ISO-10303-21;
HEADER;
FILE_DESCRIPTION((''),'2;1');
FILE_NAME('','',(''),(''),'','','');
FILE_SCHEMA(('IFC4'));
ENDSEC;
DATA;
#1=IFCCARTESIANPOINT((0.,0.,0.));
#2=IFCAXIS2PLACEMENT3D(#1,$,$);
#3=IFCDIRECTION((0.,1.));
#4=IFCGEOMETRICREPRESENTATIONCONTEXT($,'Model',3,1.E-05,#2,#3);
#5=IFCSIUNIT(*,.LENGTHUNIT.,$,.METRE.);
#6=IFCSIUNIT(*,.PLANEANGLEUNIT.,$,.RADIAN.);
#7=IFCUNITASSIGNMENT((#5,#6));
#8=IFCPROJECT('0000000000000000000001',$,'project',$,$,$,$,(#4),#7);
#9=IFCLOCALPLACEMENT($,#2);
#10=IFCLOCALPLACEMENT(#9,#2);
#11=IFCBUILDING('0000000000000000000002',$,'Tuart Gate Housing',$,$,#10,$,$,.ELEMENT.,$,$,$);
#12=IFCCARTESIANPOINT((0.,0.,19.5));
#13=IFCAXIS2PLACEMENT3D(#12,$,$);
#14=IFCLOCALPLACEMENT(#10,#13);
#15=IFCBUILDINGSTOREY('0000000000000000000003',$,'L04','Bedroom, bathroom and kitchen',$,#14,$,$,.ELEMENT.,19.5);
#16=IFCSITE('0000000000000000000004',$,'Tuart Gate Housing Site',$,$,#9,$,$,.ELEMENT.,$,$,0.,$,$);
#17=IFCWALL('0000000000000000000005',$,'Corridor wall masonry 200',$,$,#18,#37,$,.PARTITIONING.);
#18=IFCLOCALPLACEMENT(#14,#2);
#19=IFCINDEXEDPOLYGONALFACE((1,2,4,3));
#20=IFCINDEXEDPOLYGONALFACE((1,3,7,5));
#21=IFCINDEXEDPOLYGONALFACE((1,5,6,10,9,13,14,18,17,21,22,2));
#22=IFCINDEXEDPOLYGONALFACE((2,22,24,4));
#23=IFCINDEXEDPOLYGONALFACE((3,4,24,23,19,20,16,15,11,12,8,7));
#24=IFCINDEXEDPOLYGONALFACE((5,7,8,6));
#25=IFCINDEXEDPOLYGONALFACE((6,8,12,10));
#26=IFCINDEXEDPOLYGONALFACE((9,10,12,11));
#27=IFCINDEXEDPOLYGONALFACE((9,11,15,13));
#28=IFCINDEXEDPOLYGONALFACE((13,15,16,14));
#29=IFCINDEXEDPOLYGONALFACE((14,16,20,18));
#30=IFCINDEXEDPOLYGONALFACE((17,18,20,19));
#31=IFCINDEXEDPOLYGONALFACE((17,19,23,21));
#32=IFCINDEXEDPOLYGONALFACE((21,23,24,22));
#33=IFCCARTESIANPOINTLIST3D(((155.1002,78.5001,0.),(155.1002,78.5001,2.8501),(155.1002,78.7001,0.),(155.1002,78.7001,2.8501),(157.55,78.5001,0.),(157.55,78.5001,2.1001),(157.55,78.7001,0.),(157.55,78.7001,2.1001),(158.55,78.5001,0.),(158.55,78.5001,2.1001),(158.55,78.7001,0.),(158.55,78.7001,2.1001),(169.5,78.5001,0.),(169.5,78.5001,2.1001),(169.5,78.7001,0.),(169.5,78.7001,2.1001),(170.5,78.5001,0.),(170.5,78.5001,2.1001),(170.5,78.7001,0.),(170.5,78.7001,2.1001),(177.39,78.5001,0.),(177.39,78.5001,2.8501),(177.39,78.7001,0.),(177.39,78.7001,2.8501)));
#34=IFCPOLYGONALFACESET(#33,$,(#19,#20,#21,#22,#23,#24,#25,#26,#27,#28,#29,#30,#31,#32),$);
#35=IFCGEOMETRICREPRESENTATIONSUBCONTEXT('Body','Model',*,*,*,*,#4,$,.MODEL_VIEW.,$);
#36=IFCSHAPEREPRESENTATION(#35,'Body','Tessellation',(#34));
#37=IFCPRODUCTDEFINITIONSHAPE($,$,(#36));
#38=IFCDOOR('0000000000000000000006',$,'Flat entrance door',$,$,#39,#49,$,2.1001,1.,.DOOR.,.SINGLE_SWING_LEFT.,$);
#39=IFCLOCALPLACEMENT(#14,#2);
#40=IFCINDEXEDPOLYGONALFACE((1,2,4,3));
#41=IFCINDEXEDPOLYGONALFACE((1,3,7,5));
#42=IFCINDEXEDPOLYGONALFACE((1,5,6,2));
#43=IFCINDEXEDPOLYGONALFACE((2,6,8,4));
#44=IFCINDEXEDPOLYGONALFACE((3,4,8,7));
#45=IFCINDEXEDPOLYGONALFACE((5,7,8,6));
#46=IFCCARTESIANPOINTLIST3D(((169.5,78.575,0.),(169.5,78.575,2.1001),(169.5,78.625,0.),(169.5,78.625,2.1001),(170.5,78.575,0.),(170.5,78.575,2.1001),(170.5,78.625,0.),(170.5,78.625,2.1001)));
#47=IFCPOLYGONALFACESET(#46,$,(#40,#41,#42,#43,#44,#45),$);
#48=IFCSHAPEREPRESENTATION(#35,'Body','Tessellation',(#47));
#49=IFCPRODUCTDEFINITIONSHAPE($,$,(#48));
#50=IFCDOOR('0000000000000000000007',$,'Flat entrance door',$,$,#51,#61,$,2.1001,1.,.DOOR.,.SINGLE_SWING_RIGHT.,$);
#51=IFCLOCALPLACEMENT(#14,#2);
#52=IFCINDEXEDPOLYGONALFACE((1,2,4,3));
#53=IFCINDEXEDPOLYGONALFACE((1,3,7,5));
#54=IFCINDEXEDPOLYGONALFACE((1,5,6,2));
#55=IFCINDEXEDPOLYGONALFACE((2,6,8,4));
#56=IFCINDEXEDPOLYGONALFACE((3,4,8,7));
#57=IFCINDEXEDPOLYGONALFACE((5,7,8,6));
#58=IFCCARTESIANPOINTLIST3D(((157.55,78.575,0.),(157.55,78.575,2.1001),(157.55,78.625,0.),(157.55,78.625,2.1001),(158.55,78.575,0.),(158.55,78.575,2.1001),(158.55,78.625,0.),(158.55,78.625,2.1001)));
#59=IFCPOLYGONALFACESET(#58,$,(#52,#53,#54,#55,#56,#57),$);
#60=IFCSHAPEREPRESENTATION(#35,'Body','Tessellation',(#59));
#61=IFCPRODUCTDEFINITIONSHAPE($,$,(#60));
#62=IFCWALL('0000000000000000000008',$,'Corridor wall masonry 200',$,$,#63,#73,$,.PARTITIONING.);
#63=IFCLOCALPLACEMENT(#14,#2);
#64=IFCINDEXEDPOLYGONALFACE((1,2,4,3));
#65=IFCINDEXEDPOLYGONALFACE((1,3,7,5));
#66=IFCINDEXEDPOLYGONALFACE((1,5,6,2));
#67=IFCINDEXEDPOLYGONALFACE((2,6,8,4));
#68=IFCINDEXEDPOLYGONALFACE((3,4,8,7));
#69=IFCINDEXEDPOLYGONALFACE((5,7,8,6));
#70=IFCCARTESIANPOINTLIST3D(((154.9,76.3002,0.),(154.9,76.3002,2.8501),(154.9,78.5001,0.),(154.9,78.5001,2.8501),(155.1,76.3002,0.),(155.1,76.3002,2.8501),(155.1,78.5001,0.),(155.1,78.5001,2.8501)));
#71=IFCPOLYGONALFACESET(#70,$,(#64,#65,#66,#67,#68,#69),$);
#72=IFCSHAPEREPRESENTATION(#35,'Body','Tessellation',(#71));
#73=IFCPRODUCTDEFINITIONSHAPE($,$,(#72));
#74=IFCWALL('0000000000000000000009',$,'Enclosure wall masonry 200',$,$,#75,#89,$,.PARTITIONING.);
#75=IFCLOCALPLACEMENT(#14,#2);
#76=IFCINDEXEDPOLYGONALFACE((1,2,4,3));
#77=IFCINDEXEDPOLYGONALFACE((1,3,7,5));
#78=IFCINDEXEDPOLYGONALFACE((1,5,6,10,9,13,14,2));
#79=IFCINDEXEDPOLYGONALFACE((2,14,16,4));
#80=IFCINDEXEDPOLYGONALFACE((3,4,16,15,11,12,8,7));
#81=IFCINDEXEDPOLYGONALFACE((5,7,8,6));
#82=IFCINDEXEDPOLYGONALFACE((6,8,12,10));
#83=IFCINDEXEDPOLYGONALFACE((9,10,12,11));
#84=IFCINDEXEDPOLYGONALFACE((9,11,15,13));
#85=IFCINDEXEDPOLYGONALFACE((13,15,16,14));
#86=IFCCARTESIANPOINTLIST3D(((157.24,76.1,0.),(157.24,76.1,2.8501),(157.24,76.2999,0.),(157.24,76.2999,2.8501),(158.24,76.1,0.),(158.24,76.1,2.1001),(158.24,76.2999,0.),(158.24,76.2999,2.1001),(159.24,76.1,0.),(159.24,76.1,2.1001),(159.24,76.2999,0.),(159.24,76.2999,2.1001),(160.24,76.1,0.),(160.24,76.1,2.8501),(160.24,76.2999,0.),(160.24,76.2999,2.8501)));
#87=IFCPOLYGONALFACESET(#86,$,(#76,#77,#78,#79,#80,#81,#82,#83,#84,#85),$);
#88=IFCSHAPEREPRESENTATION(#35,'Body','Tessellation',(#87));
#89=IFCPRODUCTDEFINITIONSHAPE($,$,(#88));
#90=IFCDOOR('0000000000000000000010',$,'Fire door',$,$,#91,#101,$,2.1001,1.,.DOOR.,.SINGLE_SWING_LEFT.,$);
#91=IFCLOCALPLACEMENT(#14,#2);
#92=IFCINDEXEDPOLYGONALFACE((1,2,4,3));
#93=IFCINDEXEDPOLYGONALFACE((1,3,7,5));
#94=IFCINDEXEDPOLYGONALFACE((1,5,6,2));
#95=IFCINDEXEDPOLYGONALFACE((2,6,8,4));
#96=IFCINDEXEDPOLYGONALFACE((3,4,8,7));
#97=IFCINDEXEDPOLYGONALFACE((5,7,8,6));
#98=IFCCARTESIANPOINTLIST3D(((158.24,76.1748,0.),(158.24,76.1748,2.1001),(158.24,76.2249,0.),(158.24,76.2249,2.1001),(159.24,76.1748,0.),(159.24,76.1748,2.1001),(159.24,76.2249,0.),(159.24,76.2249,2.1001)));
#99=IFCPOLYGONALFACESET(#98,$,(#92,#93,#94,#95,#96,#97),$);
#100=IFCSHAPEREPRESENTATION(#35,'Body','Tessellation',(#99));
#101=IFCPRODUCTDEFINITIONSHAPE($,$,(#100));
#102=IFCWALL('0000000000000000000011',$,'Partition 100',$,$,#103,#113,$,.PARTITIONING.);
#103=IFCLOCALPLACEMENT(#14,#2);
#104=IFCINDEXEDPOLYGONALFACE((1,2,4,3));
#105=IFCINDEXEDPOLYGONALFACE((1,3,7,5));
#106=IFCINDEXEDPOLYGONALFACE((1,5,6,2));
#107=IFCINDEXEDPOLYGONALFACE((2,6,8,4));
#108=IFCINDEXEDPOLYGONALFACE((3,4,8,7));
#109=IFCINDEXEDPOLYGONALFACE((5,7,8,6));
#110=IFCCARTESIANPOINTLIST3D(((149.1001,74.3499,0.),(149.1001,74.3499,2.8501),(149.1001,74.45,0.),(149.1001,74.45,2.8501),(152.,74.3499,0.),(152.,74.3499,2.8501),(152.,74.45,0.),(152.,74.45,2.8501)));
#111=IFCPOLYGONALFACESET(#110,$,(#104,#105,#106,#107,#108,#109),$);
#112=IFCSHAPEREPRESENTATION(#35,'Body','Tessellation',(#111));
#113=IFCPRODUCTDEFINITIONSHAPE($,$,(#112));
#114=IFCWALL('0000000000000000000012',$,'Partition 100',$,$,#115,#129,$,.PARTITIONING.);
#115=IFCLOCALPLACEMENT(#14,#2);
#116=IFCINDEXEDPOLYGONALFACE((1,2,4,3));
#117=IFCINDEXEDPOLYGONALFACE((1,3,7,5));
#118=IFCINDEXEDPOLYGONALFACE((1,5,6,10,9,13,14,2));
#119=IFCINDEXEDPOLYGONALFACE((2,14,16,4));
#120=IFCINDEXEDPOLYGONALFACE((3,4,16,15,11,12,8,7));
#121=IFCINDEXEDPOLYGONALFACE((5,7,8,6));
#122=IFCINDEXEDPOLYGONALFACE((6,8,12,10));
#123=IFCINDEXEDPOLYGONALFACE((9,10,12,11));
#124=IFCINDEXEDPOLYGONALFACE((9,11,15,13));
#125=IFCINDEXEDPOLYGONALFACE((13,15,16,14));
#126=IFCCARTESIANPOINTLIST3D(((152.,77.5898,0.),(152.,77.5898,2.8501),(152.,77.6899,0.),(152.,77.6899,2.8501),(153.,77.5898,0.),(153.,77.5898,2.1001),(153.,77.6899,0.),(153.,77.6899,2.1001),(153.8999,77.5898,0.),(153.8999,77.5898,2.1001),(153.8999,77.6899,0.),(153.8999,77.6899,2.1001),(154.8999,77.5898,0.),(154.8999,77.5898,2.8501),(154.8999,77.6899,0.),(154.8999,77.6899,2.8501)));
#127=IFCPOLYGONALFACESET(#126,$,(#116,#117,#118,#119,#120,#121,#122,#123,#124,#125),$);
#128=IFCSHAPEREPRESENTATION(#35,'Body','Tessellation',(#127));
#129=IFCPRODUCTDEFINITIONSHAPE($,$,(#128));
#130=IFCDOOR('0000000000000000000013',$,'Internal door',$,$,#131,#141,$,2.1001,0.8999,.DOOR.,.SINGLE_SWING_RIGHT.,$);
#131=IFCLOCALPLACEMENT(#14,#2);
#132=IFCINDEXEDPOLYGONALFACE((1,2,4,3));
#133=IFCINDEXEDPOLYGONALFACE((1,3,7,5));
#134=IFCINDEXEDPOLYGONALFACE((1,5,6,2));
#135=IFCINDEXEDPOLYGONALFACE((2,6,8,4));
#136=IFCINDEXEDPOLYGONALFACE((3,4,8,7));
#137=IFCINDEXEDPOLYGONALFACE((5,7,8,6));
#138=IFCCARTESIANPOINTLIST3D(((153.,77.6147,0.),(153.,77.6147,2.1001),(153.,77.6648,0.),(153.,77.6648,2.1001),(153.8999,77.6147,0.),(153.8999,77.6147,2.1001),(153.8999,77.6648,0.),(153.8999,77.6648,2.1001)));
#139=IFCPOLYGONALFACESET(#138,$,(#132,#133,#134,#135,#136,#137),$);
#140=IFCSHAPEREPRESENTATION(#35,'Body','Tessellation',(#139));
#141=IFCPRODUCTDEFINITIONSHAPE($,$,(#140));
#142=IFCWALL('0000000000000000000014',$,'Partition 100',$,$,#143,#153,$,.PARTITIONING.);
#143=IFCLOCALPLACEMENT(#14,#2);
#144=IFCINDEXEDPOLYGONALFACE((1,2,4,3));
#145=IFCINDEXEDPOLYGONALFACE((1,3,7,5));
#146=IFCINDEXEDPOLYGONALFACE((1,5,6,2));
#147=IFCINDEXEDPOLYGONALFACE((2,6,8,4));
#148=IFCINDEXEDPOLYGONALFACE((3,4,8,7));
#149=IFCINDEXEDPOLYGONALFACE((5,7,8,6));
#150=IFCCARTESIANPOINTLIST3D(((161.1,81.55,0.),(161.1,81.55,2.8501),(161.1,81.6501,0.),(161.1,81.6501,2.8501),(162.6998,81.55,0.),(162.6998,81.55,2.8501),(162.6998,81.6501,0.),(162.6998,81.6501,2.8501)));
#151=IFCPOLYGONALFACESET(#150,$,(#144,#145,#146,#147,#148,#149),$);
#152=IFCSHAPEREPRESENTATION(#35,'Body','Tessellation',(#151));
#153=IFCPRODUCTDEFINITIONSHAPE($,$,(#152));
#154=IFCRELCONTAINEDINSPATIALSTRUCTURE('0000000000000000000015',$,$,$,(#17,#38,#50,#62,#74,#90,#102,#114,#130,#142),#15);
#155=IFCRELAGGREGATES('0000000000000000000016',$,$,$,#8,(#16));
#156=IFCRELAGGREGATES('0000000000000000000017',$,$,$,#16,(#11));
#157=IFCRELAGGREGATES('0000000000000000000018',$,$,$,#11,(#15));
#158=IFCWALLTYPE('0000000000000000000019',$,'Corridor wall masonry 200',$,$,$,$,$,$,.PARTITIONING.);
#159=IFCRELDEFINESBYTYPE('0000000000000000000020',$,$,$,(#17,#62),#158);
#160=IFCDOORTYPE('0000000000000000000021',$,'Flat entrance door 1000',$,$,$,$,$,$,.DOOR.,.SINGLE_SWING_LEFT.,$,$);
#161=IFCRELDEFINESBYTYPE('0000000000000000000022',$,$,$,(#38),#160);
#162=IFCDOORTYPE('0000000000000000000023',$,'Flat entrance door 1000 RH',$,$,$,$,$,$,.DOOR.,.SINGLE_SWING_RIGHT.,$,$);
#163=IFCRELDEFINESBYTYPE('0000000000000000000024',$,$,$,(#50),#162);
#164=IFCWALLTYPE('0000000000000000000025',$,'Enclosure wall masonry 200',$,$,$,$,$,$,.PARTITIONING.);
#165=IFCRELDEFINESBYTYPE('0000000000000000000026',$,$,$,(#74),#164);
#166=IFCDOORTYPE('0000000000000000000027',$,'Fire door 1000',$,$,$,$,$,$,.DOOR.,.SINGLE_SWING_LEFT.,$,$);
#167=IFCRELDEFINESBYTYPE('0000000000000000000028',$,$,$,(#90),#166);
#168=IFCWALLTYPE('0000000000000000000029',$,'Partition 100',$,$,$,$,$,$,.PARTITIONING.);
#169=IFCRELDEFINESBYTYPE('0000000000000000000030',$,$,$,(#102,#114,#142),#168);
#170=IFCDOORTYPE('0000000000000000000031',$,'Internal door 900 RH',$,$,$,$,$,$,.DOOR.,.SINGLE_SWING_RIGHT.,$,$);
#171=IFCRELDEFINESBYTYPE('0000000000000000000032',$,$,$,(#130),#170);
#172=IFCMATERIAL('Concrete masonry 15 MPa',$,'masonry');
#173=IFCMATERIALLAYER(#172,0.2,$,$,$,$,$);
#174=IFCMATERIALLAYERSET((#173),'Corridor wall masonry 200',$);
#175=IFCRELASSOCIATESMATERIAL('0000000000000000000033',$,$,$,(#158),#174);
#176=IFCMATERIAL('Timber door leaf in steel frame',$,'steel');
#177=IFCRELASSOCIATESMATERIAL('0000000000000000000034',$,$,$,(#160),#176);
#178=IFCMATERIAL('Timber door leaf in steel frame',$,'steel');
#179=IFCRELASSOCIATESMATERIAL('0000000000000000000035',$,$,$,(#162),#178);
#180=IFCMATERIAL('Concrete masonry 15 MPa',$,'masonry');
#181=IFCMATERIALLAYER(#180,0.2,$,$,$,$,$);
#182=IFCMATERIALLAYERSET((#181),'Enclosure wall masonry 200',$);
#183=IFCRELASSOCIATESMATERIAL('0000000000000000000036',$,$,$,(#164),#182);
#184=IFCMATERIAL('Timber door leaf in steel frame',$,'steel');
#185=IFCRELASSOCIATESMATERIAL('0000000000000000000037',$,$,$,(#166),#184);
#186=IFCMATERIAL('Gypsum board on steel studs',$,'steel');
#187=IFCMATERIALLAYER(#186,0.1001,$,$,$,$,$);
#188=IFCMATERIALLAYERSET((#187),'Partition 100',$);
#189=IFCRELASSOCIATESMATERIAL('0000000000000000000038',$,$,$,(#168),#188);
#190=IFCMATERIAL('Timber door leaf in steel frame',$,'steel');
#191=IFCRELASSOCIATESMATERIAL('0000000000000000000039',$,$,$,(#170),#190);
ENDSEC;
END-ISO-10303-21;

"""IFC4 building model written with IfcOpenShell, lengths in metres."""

from ifc_helpers import new_model, si_unit, direction, frame, frame_2d, origin, place, context, subcontext, project, spatial, rectangle, extrude, material, layer, layer_set, type_object, element, fill, save


model = new_model("IFC4")

# Units and contexts
model_context = context("Model", 3, precision=1e-05, world=origin(), true_north=direction((0.0, 1.0)))
body_context = subcontext(model_context, "Body", "Model", "MODEL_VIEW")
ifc_project = project(units=[si_unit("LENGTHUNIT", "METRE"), si_unit("PLANEANGLEUNIT", "RADIAN")], contexts=[model_context])

# Site, building, storey
site_placement = place(None, origin())
site = spatial("IfcSite", under=ifc_project, at=site_placement, Name="Tuart Gate Housing Site", CompositionType="ELEMENT", RefElevation=0.0)
building_placement = place(site_placement, origin())
building = spatial("IfcBuilding", under=site, at=building_placement, Name="Tuart Gate Housing", CompositionType="ELEMENT")
storey_placement = place(building_placement, frame((0.0, 0.0, 19.5)))
storey = spatial("IfcBuildingStorey", under=building, at=storey_placement, Name="L04", Description="Bedroom, bathroom and kitchen", CompositionType="ELEMENT", Elevation=19.5)

# Shared definitions
ifc_material_1 = material(Name="Concrete masonry 15 MPa", Category="masonry")
ifc_layer_1 = layer(ifc_material_1, 0.2)
ifc_layer_set_1 = layer_set([ifc_layer_1], Name="Corridor wall masonry 200")
wall_type_1 = type_object("IfcWallType", Name="Corridor wall masonry 200", PredefinedType="PARTITIONING", material=ifc_layer_set_1)

# Wall, openings, doors
wall_1_placement = place(storey_placement, frame((155.1001, 78.6001, 0.0), z_axis=(0.0, 0.0, 1.0), x_axis=(1.0, 0.0, 0.0)))
wall_1 = element("IfcWall", 1, at=wall_1_placement, inside=storey, type_object=wall_type_1, Name="Corridor wall masonry 200", PredefinedType="PARTITIONING", context=body_context, shape_type="SweptSolid", body=[
    extrude(rectangle(XDim=22.2898, YDim=0.2, at=frame_2d((11.145, 0.0))), origin(), (0.0, 0.0, 1.0), 2.8501),
])
opening_1_placement = place(wall_1_placement, frame((2.45, 0.0, 0.0)))
opening_1 = element("IfcOpeningElement", 2, at=opening_1_placement, cuts=wall_1, PredefinedType="OPENING", context=body_context, shape_type="SweptSolid", body=[
    extrude(rectangle(XDim=1.0, YDim=2.1001, at=frame_2d((0.5, 1.05))), frame((0.0, 0.1099, 0.0), z_axis=(0.0, -1.0, 0.0), x_axis=(1.0, 0.0, 0.0)), (0.0, 0.0, 1.0), 0.22),
])
opening_2_placement = place(wall_1_placement, frame((14.3999, 0.0, 0.0)))
opening_2 = element("IfcOpeningElement", 3, at=opening_2_placement, cuts=wall_1, PredefinedType="OPENING", context=body_context, shape_type="SweptSolid", body=[
    extrude(rectangle(XDim=1.0, YDim=2.1001, at=frame_2d((0.5, 1.05))), frame((0.0, 0.1099, 0.0), z_axis=(0.0, -1.0, 0.0), x_axis=(1.0, 0.0, 0.0)), (0.0, 0.0, 1.0), 0.22),
])
ifc_material_2 = material(Name="Timber door leaf in steel frame", Category="steel")
door_type_1 = type_object("IfcDoorType", Name="Flat entrance door 1000", OperationType="SINGLE_SWING_LEFT", PredefinedType="DOOR", material=ifc_material_2)
door_1_placement = place(opening_2_placement, origin())
door_1 = element("IfcDoor", 4, at=door_1_placement, inside=storey, type_object=door_type_1, Name="Flat entrance door", OperationType="SINGLE_SWING_LEFT", OverallHeight=2.1001, OverallWidth=1.0, PredefinedType="DOOR", context=body_context, shape_type="SweptSolid", body=[
    extrude(rectangle(XDim=1.0, YDim=2.1001, at=frame_2d((0.5, 1.05))), frame((0.0, 0.0249, 0.0), z_axis=(0.0, -1.0, 0.0), x_axis=(1.0, 0.0, 0.0)), (0.0, 0.0, 1.0), 0.05),
])
fill(opening_2, door_1)
ifc_material_3 = material(Name="Timber door leaf in steel frame", Category="steel")
door_type_2 = type_object("IfcDoorType", Name="Flat entrance door 1000 RH", OperationType="SINGLE_SWING_RIGHT", PredefinedType="DOOR", material=ifc_material_3)
door_2_placement = place(opening_1_placement, origin())
door_2 = element("IfcDoor", 5, at=door_2_placement, inside=storey, type_object=door_type_2, Name="Flat entrance door", OperationType="SINGLE_SWING_RIGHT", OverallHeight=2.1001, OverallWidth=1.0, PredefinedType="DOOR", context=body_context, shape_type="SweptSolid", body=[
    extrude(rectangle(XDim=1.0, YDim=2.1001, at=frame_2d((0.5, 1.05))), frame((0.0, 0.0249, 0.0), z_axis=(0.0, -1.0, 0.0), x_axis=(1.0, 0.0, 0.0)), (0.0, 0.0, 1.0), 0.05),
])
fill(opening_1, door_2)

# Wall
wall_2_placement = place(storey_placement, frame((155.0, 76.3, 0.0), z_axis=(0.0, 0.0, 1.0), x_axis=(0.0, 1.0, 0.0)))
element("IfcWall", 6, at=wall_2_placement, inside=storey, type_object=wall_type_1, Name="Corridor wall masonry 200", PredefinedType="PARTITIONING", context=body_context, shape_type="SweptSolid", body=[
    extrude(rectangle(XDim=2.2, YDim=0.2, at=frame_2d((1.1001, 0.0))), origin(), (0.0, 0.0, 1.0), 2.8501),
])

# Wall, opening, door
ifc_material_4 = material(Name="Concrete masonry 15 MPa", Category="masonry")
ifc_layer_2 = layer(ifc_material_4, 0.2)
ifc_layer_set_2 = layer_set([ifc_layer_2], Name="Enclosure wall masonry 200")
wall_type_2 = type_object("IfcWallType", Name="Enclosure wall masonry 200", PredefinedType="PARTITIONING", material=ifc_layer_set_2)
wall_3_placement = place(storey_placement, frame((157.24, 76.2, 0.0), z_axis=(0.0, 0.0, 1.0), x_axis=(1.0, 0.0, 0.0)))
wall_3 = element("IfcWall", 7, at=wall_3_placement, inside=storey, type_object=wall_type_2, Name="Enclosure wall masonry 200", PredefinedType="PARTITIONING", context=body_context, shape_type="SweptSolid", body=[
    extrude(rectangle(XDim=3.0, YDim=0.2, at=frame_2d((1.5, 0.0))), origin(), (0.0, 0.0, 1.0), 2.8501),
])
opening_3_placement = place(wall_3_placement, frame((1.0, 0.0, 0.0)))
opening_3 = element("IfcOpeningElement", 8, at=opening_3_placement, cuts=wall_3, PredefinedType="OPENING", context=body_context, shape_type="SweptSolid", body=[
    extrude(rectangle(XDim=1.0, YDim=2.1001, at=frame_2d((0.5, 1.05))), frame((0.0, 0.1099, 0.0), z_axis=(0.0, -1.0, 0.0), x_axis=(1.0, 0.0, 0.0)), (0.0, 0.0, 1.0), 0.22),
])
ifc_material_5 = material(Name="Timber door leaf in steel frame", Category="steel")
door_type_3 = type_object("IfcDoorType", Name="Fire door 1000", OperationType="SINGLE_SWING_LEFT", PredefinedType="DOOR", material=ifc_material_5)
door_3_placement = place(opening_3_placement, origin())
door_3 = element("IfcDoor", 9, at=door_3_placement, inside=storey, type_object=door_type_3, Name="Fire door", OperationType="SINGLE_SWING_LEFT", OverallHeight=2.1001, OverallWidth=1.0, PredefinedType="DOOR", context=body_context, shape_type="SweptSolid", body=[
    extrude(rectangle(XDim=1.0, YDim=2.1001, at=frame_2d((0.5, 1.05))), frame((0.0, 0.0249, 0.0), z_axis=(0.0, -1.0, 0.0), x_axis=(1.0, 0.0, 0.0)), (0.0, 0.0, 1.0), 0.05),
])
fill(opening_3, door_3)

# Wall
ifc_material_6 = material(Name="Gypsum board on steel studs", Category="steel")
ifc_layer_3 = layer(ifc_material_6, 0.1001)
ifc_layer_set_3 = layer_set([ifc_layer_3], Name="Partition 100")
wall_type_3 = type_object("IfcWallType", Name="Partition 100", PredefinedType="PARTITIONING", material=ifc_layer_set_3)
wall_4_placement = place(storey_placement, frame((149.1001, 74.3999, 0.0), z_axis=(0.0, 0.0, 1.0), x_axis=(1.0, 0.0, 0.0)))
element("IfcWall", 10, at=wall_4_placement, inside=storey, type_object=wall_type_3, Name="Partition 100", PredefinedType="PARTITIONING", context=body_context, shape_type="SweptSolid", body=[
    extrude(rectangle(XDim=2.8999, YDim=0.1001, at=frame_2d((1.45, 0.0))), origin(), (0.0, 0.0, 1.0), 2.8501),
])

# Wall, opening, door
wall_5_placement = place(storey_placement, frame((152.0, 77.6399, 0.0), z_axis=(0.0, 0.0, 1.0), x_axis=(1.0, 0.0, 0.0)))
wall_5 = element("IfcWall", 11, at=wall_5_placement, inside=storey, type_object=wall_type_3, Name="Partition 100", PredefinedType="PARTITIONING", context=body_context, shape_type="SweptSolid", body=[
    extrude(rectangle(XDim=2.8999, YDim=0.1001, at=frame_2d((1.45, 0.0))), origin(), (0.0, 0.0, 1.0), 2.8501),
])
opening_4_placement = place(wall_5_placement, frame((1.0, 0.0, 0.0)))
opening_4 = element("IfcOpeningElement", 12, at=opening_4_placement, cuts=wall_5, PredefinedType="OPENING", context=body_context, shape_type="SweptSolid", body=[
    extrude(rectangle(XDim=0.8999, YDim=2.1001, at=frame_2d((0.45, 1.05))), frame((0.0, 0.0601, 0.0), z_axis=(0.0, -1.0, 0.0), x_axis=(1.0, 0.0, 0.0)), (0.0, 0.0, 1.0), 0.1201),
])
ifc_material_7 = material(Name="Timber door leaf in steel frame", Category="steel")
door_type_4 = type_object("IfcDoorType", Name="Internal door 900 RH", OperationType="SINGLE_SWING_RIGHT", PredefinedType="DOOR", material=ifc_material_7)
door_4_placement = place(opening_4_placement, frame((0.8999, 0.0, 0.0), z_axis=(0.0, 0.0, 1.0), x_axis=(-1.0, 0.0, 0.0)))
door_4 = element("IfcDoor", 13, at=door_4_placement, inside=storey, type_object=door_type_4, Name="Internal door", OperationType="SINGLE_SWING_RIGHT", OverallHeight=2.1001, OverallWidth=0.8999, PredefinedType="DOOR", context=body_context, shape_type="SweptSolid", body=[
    extrude(rectangle(XDim=0.8999, YDim=2.1001, at=frame_2d((0.45, 1.05))), frame((0.0, 0.0251, 0.0), z_axis=(0.0, -1.0, 0.0), x_axis=(1.0, 0.0, 0.0)), (0.0, 0.0, 1.0), 0.05),
])
fill(opening_4, door_4)

# Wall
wall_6_placement = place(storey_placement, frame((161.1001, 81.6001, 0.0), z_axis=(0.0, 0.0, 1.0), x_axis=(1.0, 0.0, 0.0)))
element("IfcWall", 14, at=wall_6_placement, inside=storey, type_object=wall_type_3, Name="Partition 100", PredefinedType="PARTITIONING", context=body_context, shape_type="SweptSolid", body=[
    extrude(rectangle(XDim=1.5999, YDim=0.1001, at=frame_2d((0.7998, 0.0))), origin(), (0.0, 0.0, 1.0), 2.8501),
])

save(model, "model.ifc")
